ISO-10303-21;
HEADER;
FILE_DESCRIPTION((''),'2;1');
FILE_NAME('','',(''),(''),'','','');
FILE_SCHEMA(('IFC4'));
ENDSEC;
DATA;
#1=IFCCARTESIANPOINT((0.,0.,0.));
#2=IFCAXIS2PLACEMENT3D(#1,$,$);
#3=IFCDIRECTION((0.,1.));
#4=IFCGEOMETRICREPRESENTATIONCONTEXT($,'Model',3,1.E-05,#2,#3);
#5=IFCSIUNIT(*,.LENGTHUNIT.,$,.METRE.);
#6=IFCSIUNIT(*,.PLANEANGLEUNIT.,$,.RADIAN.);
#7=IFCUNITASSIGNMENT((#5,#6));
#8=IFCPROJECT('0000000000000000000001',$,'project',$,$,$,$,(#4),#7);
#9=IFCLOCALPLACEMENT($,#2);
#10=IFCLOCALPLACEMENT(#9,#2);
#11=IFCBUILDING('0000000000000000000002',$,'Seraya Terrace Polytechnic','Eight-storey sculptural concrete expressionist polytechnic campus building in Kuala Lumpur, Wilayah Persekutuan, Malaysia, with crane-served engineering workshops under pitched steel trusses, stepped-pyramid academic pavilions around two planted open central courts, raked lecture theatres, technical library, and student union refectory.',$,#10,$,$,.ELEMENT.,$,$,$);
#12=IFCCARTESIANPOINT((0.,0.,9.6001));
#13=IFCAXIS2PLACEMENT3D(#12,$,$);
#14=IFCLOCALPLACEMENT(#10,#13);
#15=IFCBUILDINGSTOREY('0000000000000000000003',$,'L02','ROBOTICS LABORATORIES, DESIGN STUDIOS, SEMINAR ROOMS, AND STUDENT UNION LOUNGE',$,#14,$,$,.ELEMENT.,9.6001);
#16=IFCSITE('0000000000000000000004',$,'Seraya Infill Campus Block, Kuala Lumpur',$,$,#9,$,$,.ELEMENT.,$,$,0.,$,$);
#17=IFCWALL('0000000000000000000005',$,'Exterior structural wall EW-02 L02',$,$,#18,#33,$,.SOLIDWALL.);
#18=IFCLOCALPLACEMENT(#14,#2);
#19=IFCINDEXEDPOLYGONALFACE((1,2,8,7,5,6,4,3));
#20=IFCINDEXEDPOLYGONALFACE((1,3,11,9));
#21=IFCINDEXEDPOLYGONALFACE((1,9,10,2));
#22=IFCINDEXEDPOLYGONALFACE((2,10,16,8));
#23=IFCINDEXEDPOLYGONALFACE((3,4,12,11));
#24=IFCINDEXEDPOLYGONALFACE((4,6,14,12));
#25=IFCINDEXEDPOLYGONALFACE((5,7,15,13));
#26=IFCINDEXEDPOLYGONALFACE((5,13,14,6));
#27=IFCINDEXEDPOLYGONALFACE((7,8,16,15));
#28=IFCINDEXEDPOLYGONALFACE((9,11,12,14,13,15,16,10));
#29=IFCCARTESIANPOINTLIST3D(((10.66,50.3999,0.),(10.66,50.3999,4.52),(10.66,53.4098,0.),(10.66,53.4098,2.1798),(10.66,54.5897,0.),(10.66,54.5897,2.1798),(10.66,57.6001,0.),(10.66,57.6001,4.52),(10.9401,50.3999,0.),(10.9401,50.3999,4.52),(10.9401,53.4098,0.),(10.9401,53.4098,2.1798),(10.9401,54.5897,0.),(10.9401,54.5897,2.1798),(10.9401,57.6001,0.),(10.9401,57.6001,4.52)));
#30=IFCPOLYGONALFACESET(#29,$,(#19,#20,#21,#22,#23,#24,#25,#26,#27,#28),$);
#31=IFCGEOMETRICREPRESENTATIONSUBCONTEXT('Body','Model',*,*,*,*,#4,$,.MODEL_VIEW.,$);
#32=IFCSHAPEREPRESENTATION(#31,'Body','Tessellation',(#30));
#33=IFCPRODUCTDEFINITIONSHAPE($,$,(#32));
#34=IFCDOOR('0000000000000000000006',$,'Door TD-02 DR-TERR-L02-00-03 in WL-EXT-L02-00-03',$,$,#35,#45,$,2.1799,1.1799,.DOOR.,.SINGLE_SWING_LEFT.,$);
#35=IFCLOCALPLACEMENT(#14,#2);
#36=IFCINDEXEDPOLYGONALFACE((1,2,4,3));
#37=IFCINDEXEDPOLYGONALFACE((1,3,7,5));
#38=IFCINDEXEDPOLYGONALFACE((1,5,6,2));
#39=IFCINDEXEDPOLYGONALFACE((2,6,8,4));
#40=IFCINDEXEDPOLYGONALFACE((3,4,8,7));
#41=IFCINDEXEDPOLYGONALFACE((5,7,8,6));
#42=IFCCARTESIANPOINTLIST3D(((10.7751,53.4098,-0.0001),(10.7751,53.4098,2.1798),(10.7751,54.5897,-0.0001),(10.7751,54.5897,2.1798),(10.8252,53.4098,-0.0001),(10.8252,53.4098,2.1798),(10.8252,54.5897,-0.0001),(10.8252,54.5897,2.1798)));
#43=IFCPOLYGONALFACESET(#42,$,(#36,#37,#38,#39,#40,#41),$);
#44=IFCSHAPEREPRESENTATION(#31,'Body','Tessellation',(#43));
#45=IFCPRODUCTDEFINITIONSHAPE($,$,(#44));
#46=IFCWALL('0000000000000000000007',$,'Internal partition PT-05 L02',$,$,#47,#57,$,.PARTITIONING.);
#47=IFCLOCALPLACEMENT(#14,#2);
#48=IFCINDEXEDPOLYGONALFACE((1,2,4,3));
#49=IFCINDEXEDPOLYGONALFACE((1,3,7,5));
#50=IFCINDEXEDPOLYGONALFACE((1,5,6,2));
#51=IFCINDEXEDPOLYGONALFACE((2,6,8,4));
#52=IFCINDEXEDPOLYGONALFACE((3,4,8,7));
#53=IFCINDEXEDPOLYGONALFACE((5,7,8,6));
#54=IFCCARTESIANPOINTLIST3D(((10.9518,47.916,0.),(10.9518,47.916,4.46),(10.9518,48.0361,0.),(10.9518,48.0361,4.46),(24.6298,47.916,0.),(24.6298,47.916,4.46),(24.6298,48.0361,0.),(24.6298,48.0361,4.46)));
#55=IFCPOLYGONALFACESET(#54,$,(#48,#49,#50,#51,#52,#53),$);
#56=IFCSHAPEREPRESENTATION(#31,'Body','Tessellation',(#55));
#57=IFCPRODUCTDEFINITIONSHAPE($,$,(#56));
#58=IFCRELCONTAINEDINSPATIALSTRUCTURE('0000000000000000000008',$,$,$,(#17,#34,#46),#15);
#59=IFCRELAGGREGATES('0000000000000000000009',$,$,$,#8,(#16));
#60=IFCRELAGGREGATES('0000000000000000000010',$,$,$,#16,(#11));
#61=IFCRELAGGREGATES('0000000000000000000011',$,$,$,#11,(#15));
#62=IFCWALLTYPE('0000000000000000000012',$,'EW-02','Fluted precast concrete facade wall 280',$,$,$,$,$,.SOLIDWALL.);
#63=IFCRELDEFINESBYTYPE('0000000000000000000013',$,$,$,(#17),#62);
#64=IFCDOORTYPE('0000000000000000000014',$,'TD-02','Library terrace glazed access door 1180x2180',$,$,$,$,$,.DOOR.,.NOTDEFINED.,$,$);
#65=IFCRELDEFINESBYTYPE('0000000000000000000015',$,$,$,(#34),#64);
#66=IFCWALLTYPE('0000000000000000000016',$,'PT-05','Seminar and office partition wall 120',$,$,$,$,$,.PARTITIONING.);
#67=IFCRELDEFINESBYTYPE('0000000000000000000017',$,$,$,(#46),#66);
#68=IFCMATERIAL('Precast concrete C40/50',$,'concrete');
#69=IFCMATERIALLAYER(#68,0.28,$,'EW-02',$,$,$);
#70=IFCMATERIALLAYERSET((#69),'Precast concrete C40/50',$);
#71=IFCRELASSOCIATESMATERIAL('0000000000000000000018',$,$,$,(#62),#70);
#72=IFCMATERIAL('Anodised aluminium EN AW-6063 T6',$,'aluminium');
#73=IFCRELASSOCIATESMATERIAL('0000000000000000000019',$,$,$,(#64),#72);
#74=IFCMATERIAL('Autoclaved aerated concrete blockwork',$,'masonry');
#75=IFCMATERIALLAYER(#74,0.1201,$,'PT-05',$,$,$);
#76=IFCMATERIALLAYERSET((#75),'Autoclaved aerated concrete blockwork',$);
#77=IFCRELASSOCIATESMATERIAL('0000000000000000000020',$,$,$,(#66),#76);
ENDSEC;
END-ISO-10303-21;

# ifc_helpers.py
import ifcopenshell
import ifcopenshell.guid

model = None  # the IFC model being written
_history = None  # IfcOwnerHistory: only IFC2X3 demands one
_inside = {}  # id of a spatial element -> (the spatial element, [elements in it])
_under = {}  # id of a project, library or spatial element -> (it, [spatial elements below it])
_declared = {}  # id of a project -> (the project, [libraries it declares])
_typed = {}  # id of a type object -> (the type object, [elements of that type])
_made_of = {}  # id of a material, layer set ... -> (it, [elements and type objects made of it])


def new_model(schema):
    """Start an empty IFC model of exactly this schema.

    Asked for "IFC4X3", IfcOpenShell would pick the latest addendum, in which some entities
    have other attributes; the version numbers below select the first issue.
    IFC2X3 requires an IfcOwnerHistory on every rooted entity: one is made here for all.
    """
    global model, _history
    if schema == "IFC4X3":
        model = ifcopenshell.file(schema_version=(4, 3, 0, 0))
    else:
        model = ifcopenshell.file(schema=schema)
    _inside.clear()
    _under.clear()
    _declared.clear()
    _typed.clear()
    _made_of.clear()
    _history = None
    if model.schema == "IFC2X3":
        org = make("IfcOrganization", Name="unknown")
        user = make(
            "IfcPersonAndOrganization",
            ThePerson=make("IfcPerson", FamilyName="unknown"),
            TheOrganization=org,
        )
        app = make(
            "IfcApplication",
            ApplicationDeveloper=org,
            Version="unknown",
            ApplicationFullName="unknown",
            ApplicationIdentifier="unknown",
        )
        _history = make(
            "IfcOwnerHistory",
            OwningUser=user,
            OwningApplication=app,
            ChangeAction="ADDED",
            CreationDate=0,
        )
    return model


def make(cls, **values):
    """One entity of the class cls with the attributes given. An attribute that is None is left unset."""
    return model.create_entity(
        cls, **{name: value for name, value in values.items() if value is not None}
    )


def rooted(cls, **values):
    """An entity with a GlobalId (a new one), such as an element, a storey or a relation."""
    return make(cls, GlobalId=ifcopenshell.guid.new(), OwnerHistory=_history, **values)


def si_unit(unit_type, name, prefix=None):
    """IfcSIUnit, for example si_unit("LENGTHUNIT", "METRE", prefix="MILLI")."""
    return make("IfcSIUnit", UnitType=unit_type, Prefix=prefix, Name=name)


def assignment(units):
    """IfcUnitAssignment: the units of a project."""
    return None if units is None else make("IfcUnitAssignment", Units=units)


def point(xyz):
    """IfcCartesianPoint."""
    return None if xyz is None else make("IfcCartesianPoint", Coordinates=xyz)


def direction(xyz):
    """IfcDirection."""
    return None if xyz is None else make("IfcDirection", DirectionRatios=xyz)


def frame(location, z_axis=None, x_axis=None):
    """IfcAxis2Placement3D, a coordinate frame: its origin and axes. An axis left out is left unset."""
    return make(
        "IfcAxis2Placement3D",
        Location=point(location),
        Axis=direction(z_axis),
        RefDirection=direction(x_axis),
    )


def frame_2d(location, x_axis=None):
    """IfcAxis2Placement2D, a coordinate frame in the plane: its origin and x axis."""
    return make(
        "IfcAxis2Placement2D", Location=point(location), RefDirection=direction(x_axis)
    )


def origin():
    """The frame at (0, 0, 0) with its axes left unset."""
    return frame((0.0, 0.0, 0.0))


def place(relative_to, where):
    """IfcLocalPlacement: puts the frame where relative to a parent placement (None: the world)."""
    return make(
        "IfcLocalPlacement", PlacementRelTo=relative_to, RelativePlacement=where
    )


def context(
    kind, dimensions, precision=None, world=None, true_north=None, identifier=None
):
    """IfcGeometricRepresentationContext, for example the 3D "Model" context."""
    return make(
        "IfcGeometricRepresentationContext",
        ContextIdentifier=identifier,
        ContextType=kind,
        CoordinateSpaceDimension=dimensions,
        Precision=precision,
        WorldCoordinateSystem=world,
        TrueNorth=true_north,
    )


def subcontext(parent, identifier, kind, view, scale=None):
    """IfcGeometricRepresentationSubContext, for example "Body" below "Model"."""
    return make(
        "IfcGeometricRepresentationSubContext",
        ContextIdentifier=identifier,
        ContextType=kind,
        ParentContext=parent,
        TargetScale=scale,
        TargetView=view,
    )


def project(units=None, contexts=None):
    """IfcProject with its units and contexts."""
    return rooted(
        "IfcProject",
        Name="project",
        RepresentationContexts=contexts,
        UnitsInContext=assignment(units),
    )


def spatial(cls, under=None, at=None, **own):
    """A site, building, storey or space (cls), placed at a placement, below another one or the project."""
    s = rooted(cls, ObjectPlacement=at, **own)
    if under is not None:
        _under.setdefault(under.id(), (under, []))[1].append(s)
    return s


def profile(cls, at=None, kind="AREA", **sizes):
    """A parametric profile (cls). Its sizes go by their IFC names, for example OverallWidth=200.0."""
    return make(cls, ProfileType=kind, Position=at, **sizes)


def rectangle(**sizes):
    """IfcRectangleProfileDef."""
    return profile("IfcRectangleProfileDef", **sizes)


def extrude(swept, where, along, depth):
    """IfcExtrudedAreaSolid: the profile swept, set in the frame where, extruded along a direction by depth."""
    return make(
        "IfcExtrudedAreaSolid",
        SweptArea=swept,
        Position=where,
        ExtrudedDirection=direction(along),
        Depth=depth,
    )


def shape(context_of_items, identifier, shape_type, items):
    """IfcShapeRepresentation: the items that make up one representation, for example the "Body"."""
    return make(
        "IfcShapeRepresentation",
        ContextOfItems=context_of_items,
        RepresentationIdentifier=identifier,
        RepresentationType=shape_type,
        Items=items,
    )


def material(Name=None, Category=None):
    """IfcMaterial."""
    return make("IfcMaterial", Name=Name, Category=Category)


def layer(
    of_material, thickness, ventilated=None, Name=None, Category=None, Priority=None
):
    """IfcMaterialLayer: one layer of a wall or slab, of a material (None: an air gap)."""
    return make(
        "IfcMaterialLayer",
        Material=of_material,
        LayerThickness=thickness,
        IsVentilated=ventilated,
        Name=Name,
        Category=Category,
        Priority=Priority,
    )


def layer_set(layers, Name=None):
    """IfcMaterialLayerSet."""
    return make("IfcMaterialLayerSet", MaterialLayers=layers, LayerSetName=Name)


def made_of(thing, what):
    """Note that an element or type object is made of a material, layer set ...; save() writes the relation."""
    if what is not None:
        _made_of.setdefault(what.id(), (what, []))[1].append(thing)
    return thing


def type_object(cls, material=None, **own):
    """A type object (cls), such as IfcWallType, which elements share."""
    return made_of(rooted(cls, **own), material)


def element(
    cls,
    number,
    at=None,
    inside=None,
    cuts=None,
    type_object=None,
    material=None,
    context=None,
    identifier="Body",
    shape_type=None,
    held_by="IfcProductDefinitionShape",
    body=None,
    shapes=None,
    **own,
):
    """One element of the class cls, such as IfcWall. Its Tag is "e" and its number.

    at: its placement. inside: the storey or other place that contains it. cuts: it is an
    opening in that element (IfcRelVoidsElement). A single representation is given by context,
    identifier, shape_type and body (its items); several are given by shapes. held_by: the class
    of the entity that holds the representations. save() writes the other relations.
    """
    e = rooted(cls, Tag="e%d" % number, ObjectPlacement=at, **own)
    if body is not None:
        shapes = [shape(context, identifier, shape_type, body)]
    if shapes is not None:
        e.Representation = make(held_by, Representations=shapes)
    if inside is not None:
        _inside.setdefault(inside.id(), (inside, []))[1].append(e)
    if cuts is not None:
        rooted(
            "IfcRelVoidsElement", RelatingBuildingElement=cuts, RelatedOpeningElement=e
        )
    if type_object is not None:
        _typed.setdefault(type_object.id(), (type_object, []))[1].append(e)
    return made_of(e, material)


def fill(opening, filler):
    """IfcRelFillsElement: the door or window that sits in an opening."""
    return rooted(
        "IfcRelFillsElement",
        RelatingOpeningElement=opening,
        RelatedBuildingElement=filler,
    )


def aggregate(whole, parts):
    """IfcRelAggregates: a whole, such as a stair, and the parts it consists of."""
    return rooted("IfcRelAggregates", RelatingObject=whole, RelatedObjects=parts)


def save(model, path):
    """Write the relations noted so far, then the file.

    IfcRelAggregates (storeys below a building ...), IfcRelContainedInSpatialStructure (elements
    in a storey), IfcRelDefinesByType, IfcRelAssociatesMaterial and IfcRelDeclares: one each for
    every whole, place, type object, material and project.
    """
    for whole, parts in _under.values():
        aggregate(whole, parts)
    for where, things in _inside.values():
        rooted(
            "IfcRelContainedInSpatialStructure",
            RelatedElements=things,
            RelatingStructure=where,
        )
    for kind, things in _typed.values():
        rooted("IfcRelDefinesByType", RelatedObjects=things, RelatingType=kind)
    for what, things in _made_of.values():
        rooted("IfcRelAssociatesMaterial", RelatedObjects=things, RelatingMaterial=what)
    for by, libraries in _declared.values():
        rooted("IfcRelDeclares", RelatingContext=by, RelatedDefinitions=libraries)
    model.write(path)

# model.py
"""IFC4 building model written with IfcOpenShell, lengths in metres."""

from ifc_helpers import new_model, si_unit, direction, frame, frame_2d, origin, place, context, subcontext, project, spatial, rectangle, extrude, material, layer, layer_set, type_object, element, fill, save


model = new_model("IFC4")

# Units and contexts
model_context = context("Model", 3, precision=1e-05, world=origin(), true_north=direction((0.0, 1.0)))
body_context = subcontext(model_context, "Body", "Model", "MODEL_VIEW")
ifc_project = project(units=[si_unit("LENGTHUNIT", "METRE"), si_unit("PLANEANGLEUNIT", "RADIAN")], contexts=[model_context])

# Site, building, storey
site_placement = place(None, origin())
site = spatial("IfcSite", under=ifc_project, at=site_placement, Name="Seraya Infill Campus Block, Kuala Lumpur", CompositionType="ELEMENT", RefElevation=0.0)
building_placement = place(site_placement, origin())
building = spatial("IfcBuilding", under=site, at=building_placement, Name="Seraya Terrace Polytechnic", Description="Eight-storey sculptural concrete expressionist polytechnic campus building in Kuala Lumpur, Wilayah Persekutuan, Malaysia, with crane-served engineering workshops under pitched steel trusses, stepped-pyramid academic pavilions around two planted open central courts, raked lecture theatres, technical library, and student union refectory.", CompositionType="ELEMENT")
storey_placement = place(building_placement, frame((0.0, 0.0, 9.6001)))
storey = spatial("IfcBuildingStorey", under=building, at=storey_placement, Name="L02", Description="ROBOTICS LABORATORIES, DESIGN STUDIOS, SEMINAR ROOMS, AND STUDENT UNION LOUNGE", CompositionType="ELEMENT", Elevation=9.6001)

# Wall, opening, door
ifc_material_1 = material(Name="Precast concrete C40/50", Category="concrete")
ifc_layer_1 = layer(ifc_material_1, 0.28, Name="EW-02")
ifc_layer_set_1 = layer_set([ifc_layer_1], Name="Precast concrete C40/50")
wall_type_1 = type_object("IfcWallType", Name="EW-02", Description="Fluted precast concrete facade wall 280", PredefinedType="SOLIDWALL", material=ifc_layer_set_1)
ifc_material_2 = material(Name="Anodised aluminium EN AW-6063 T6", Category="aluminium")
wall_1_placement = place(storey_placement, frame((10.8, 50.3999, 0.0), z_axis=(0.0, 0.0, 1.0), x_axis=(0.0, 1.0, 0.0)))
wall_1 = element("IfcWall", 1, at=wall_1_placement, inside=storey, type_object=wall_type_1, Name="Exterior structural wall EW-02 L02", PredefinedType="SOLIDWALL", context=body_context, shape_type="SweptSolid", body=[
    extrude(rectangle(XDim=7.2002, YDim=0.28, at=frame_2d((3.6001, 0.0))), origin(), (0.0, 0.0, 1.0), 4.52),
])
opening_1_placement = place(wall_1_placement, frame((3.01, 0.0, 0.0)))
opening_1 = element("IfcOpeningElement", 2, at=opening_1_placement, cuts=wall_1, PredefinedType="OPENING", context=body_context, shape_type="SweptSolid", body=[
    extrude(rectangle(XDim=1.1799, YDim=2.1799, at=frame_2d((0.5898, 1.0898))), frame((0.0, 0.1519, 0.0), z_axis=(0.0, -1.0, 0.0), x_axis=(1.0, 0.0, 0.0)), (0.0, 0.0, 1.0), 0.304),
])
door_type_1 = type_object("IfcDoorType", Name="TD-02", Description="Library terrace glazed access door 1180x2180", OperationType="NOTDEFINED", PredefinedType="DOOR", material=ifc_material_2)
door_1_placement = place(opening_1_placement, origin())
door_1 = element("IfcDoor", 3, at=door_1_placement, inside=storey, type_object=door_type_1, Name="Door TD-02 DR-TERR-L02-00-03 in WL-EXT-L02-00-03", OperationType="SINGLE_SWING_LEFT", OverallHeight=2.1799, OverallWidth=1.1799, PredefinedType="DOOR", context=body_context, shape_type="SweptSolid", body=[
    extrude(rectangle(XDim=1.1799, YDim=2.1799, at=frame_2d((0.5898, 1.0898))), frame((0.0, 0.0249, 0.0), z_axis=(0.0, -1.0, 0.0), x_axis=(1.0, 0.0, 0.0)), (0.0, 0.0, 1.0), 0.05),
])
fill(opening_1, door_1)

# Wall
ifc_material_3 = material(Name="Autoclaved aerated concrete blockwork", Category="masonry")
ifc_layer_2 = layer(ifc_material_3, 0.1201, Name="PT-05")
ifc_layer_set_2 = layer_set([ifc_layer_2], Name="Autoclaved aerated concrete blockwork")
wall_type_2 = type_object("IfcWallType", Name="PT-05", Description="Seminar and office partition wall 120", PredefinedType="PARTITIONING", material=ifc_layer_set_2)
wall_2_placement = place(storey_placement, frame((10.9519, 47.9761, 0.0), z_axis=(0.0, 0.0, 1.0), x_axis=(1.0, 0.0, 0.0)))
element("IfcWall", 4, at=wall_2_placement, inside=storey, type_object=wall_type_2, Name="Internal partition PT-05 L02", PredefinedType="PARTITIONING", context=body_context, shape_type="SweptSolid", body=[
    extrude(rectangle(XDim=13.678, YDim=0.1201, at=frame_2d((6.8389, 0.0))), origin(), (0.0, 0.0, 1.0), 4.46),
])

save(model, "model.ifc")
